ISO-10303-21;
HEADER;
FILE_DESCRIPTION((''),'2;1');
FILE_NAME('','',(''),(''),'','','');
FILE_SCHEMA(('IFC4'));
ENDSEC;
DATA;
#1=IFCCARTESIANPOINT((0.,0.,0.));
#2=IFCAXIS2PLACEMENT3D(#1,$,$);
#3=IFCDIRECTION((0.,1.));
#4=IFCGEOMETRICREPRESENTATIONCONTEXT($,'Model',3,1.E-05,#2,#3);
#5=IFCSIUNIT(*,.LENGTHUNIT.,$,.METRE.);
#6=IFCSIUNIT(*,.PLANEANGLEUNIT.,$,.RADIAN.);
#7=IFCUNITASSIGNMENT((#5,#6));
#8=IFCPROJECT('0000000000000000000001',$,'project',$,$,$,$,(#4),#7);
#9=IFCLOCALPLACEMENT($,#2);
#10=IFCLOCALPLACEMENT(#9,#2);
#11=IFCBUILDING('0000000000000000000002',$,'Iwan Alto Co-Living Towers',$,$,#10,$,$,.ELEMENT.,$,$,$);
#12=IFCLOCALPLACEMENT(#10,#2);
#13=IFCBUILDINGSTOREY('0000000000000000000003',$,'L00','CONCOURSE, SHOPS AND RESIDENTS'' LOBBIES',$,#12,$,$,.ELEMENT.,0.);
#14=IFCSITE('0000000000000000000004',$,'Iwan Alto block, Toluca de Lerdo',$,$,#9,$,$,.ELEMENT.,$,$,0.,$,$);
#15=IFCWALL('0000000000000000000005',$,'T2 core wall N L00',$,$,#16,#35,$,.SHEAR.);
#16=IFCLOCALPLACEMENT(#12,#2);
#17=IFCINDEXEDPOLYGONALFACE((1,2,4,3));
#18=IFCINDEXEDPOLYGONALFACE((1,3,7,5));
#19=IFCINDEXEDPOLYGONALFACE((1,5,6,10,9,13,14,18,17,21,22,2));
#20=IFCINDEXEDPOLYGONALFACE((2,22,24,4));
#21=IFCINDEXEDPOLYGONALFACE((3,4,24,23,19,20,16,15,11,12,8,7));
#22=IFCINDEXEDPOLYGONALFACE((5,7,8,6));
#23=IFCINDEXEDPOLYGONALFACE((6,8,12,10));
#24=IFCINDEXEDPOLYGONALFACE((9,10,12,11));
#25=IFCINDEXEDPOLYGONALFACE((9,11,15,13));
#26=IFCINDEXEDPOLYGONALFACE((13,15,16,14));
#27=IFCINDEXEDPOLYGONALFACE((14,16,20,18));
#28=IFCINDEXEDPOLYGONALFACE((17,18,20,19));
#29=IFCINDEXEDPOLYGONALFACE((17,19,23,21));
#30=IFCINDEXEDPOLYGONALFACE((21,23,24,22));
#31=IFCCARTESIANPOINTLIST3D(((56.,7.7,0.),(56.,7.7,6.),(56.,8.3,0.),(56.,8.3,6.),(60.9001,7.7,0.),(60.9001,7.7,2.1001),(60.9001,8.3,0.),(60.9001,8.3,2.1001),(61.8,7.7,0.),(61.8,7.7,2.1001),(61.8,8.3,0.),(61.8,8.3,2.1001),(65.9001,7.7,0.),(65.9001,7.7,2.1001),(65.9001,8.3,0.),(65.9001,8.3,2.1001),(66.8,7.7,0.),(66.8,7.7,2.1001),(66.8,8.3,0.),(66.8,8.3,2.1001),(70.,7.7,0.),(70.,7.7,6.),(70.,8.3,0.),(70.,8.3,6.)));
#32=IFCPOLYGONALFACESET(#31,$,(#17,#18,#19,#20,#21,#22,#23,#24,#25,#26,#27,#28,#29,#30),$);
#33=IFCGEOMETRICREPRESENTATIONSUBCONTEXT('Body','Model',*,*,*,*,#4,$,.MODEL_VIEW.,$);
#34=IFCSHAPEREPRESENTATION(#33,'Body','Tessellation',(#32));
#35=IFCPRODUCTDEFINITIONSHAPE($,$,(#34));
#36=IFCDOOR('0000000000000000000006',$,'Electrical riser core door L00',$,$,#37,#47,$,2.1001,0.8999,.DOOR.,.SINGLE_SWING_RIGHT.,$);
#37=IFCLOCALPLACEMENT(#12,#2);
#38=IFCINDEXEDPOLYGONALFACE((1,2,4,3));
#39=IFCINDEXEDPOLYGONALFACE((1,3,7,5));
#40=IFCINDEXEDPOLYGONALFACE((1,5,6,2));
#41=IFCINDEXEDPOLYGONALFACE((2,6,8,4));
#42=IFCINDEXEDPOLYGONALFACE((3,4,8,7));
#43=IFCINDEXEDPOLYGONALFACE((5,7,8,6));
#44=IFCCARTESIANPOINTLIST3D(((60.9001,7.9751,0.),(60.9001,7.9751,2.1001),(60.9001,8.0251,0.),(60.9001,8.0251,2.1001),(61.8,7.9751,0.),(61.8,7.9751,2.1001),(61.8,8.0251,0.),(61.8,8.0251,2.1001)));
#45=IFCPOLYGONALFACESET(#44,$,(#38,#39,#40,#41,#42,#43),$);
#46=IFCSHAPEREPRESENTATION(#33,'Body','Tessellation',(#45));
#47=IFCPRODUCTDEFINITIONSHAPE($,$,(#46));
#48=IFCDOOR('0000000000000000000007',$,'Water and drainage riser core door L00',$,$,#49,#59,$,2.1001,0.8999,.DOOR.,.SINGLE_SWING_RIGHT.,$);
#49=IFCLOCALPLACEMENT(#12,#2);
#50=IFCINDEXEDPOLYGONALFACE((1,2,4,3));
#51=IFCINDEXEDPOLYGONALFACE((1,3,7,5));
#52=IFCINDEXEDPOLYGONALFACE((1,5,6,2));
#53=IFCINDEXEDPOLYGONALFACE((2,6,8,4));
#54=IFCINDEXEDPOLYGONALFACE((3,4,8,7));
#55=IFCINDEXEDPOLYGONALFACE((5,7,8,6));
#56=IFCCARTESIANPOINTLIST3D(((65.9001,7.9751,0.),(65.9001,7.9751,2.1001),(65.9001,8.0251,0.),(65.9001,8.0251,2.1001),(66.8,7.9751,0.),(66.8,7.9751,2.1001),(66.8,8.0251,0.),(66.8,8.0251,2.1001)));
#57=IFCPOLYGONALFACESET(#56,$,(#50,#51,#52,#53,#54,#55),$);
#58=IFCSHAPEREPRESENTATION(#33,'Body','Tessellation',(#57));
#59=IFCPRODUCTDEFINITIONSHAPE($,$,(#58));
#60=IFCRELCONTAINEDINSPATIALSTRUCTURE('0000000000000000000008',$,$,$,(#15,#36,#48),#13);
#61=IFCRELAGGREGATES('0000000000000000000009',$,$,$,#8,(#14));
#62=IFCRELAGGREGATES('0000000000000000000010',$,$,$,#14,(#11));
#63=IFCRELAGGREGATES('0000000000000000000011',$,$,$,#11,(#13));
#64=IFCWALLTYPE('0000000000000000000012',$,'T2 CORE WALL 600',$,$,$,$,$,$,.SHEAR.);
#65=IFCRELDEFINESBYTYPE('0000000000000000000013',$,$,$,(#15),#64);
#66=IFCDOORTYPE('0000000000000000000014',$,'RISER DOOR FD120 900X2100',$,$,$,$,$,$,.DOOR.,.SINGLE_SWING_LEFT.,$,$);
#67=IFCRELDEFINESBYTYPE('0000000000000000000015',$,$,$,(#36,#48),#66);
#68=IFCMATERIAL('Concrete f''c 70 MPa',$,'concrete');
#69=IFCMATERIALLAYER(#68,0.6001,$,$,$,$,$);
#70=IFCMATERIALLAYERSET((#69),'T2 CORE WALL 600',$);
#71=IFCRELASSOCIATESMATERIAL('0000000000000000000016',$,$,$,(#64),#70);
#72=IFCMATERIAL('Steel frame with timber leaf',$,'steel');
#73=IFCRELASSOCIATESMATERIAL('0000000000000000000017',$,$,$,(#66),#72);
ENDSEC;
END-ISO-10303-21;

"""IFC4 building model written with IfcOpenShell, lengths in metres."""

from ifc_helpers import new_model, si_unit, direction, frame, frame_2d, origin, place, context, subcontext, project, spatial, rectangle, extrude, material, layer, layer_set, type_object, element, fill, save


model = new_model("IFC4")

# Units and contexts
model_context = context("Model", 3, precision=1e-05, world=origin(), true_north=direction((0.0, 1.0)))
body_context = subcontext(model_context, "Body", "Model", "MODEL_VIEW")
ifc_project = project(units=[si_unit("LENGTHUNIT", "METRE"), si_unit("PLANEANGLEUNIT", "RADIAN")], contexts=[model_context])

# Site, building, storey
site_placement = place(None, origin())
site = spatial("IfcSite", under=ifc_project, at=site_placement, Name="Iwan Alto block, Toluca de Lerdo", CompositionType="ELEMENT", RefElevation=0.0)
building_placement = place(site_placement, origin())
building = spatial("IfcBuilding", under=site, at=building_placement, Name="Iwan Alto Co-Living Towers", CompositionType="ELEMENT")
storey_placement = place(building_placement, origin())
storey = spatial("IfcBuildingStorey", under=building, at=storey_placement, Name="L00", Description="CONCOURSE, SHOPS AND RESIDENTS' LOBBIES", CompositionType="ELEMENT", Elevation=0.0)

# Wall, openings, doors
ifc_material_1 = material(Name="Concrete f'c 70 MPa", Category="concrete")
ifc_layer_1 = layer(ifc_material_1, 0.6001)
ifc_layer_set_1 = layer_set([ifc_layer_1], Name="T2 CORE WALL 600")
wall_type_1 = type_object("IfcWallType", Name="T2 CORE WALL 600", PredefinedType="SHEAR", material=ifc_layer_set_1)
wall_1_placement = place(storey_placement, frame((70.0, 8.0, 0.0), z_axis=(0.0, 0.0, 1.0), x_axis=(-1.0, 0.0, 0.0)))
wall_1 = element("IfcWall", 1, at=wall_1_placement, inside=storey, type_object=wall_type_1, Name="T2 core wall N L00", PredefinedType="SHEAR", context=body_context, shape_type="SweptSolid", body=[
    extrude(rectangle(XDim=14.0, YDim=0.6001, at=frame_2d((7.0, 0.0))), origin(), (0.0, 0.0, 1.0), 6.0),
])
opening_1_placement = place(wall_1_placement, frame((8.2, 0.0, 0.0)))
opening_1 = element("IfcOpeningElement", 2, at=opening_1_placement, cuts=wall_1, PredefinedType="OPENING", context=body_context, shape_type="SweptSolid", body=[
    extrude(rectangle(XDim=0.8999, YDim=2.1001, at=frame_2d((0.45, 1.05))), frame((0.0, 0.3101, 0.0), z_axis=(0.0, -1.0, 0.0), x_axis=(1.0, 0.0, 0.0)), (0.0, 0.0, 1.0), 0.6201),
])
opening_2_placement = place(wall_1_placement, frame((3.2, 0.0, 0.0)))
opening_2 = element("IfcOpeningElement", 3, at=opening_2_placement, cuts=wall_1, PredefinedType="OPENING", context=body_context, shape_type="SweptSolid", body=[
    extrude(rectangle(XDim=0.8999, YDim=2.1001, at=frame_2d((0.45, 1.05))), frame((0.0, 0.3101, 0.0), z_axis=(0.0, -1.0, 0.0), x_axis=(1.0, 0.0, 0.0)), (0.0, 0.0, 1.0), 0.6201),
])
ifc_material_2 = material(Name="Steel frame with timber leaf", Category="steel")
door_type_1 = type_object("IfcDoorType", Name="RISER DOOR FD120 900X2100", OperationType="SINGLE_SWING_LEFT", PredefinedType="DOOR", material=ifc_material_2)
door_1_placement = place(opening_1_placement, origin())
door_1 = element("IfcDoor", 4, at=door_1_placement, inside=storey, type_object=door_type_1, Name="Electrical riser core door L00", OperationType="SINGLE_SWING_RIGHT", OverallHeight=2.1001, OverallWidth=0.8999, PredefinedType="DOOR", context=body_context, shape_type="SweptSolid", body=[
    extrude(rectangle(XDim=0.8999, YDim=2.1001, at=frame_2d((0.45, 1.05))), frame((0.0, 0.0249, 0.0), z_axis=(0.0, -1.0, 0.0), x_axis=(1.0, 0.0, 0.0)), (0.0, 0.0, 1.0), 0.05),
])
fill(opening_1, door_1)
door_2_placement = place(opening_2_placement, origin())
door_2 = element("IfcDoor", 5, at=door_2_placement, inside=storey, type_object=door_type_1, Name="Water and drainage riser core door L00", OperationType="SINGLE_SWING_RIGHT", OverallHeight=2.1001, OverallWidth=0.8999, PredefinedType="DOOR", context=body_context, shape_type="SweptSolid", body=[
    extrude(rectangle(XDim=0.8999, YDim=2.1001, at=frame_2d((0.45, 1.05))), frame((0.0, 0.0249, 0.0), z_axis=(0.0, -1.0, 0.0), x_axis=(1.0, 0.0, 0.0)), (0.0, 0.0, 1.0), 0.05),
])
fill(opening_2, door_2)

save(model, "model.ifc")
